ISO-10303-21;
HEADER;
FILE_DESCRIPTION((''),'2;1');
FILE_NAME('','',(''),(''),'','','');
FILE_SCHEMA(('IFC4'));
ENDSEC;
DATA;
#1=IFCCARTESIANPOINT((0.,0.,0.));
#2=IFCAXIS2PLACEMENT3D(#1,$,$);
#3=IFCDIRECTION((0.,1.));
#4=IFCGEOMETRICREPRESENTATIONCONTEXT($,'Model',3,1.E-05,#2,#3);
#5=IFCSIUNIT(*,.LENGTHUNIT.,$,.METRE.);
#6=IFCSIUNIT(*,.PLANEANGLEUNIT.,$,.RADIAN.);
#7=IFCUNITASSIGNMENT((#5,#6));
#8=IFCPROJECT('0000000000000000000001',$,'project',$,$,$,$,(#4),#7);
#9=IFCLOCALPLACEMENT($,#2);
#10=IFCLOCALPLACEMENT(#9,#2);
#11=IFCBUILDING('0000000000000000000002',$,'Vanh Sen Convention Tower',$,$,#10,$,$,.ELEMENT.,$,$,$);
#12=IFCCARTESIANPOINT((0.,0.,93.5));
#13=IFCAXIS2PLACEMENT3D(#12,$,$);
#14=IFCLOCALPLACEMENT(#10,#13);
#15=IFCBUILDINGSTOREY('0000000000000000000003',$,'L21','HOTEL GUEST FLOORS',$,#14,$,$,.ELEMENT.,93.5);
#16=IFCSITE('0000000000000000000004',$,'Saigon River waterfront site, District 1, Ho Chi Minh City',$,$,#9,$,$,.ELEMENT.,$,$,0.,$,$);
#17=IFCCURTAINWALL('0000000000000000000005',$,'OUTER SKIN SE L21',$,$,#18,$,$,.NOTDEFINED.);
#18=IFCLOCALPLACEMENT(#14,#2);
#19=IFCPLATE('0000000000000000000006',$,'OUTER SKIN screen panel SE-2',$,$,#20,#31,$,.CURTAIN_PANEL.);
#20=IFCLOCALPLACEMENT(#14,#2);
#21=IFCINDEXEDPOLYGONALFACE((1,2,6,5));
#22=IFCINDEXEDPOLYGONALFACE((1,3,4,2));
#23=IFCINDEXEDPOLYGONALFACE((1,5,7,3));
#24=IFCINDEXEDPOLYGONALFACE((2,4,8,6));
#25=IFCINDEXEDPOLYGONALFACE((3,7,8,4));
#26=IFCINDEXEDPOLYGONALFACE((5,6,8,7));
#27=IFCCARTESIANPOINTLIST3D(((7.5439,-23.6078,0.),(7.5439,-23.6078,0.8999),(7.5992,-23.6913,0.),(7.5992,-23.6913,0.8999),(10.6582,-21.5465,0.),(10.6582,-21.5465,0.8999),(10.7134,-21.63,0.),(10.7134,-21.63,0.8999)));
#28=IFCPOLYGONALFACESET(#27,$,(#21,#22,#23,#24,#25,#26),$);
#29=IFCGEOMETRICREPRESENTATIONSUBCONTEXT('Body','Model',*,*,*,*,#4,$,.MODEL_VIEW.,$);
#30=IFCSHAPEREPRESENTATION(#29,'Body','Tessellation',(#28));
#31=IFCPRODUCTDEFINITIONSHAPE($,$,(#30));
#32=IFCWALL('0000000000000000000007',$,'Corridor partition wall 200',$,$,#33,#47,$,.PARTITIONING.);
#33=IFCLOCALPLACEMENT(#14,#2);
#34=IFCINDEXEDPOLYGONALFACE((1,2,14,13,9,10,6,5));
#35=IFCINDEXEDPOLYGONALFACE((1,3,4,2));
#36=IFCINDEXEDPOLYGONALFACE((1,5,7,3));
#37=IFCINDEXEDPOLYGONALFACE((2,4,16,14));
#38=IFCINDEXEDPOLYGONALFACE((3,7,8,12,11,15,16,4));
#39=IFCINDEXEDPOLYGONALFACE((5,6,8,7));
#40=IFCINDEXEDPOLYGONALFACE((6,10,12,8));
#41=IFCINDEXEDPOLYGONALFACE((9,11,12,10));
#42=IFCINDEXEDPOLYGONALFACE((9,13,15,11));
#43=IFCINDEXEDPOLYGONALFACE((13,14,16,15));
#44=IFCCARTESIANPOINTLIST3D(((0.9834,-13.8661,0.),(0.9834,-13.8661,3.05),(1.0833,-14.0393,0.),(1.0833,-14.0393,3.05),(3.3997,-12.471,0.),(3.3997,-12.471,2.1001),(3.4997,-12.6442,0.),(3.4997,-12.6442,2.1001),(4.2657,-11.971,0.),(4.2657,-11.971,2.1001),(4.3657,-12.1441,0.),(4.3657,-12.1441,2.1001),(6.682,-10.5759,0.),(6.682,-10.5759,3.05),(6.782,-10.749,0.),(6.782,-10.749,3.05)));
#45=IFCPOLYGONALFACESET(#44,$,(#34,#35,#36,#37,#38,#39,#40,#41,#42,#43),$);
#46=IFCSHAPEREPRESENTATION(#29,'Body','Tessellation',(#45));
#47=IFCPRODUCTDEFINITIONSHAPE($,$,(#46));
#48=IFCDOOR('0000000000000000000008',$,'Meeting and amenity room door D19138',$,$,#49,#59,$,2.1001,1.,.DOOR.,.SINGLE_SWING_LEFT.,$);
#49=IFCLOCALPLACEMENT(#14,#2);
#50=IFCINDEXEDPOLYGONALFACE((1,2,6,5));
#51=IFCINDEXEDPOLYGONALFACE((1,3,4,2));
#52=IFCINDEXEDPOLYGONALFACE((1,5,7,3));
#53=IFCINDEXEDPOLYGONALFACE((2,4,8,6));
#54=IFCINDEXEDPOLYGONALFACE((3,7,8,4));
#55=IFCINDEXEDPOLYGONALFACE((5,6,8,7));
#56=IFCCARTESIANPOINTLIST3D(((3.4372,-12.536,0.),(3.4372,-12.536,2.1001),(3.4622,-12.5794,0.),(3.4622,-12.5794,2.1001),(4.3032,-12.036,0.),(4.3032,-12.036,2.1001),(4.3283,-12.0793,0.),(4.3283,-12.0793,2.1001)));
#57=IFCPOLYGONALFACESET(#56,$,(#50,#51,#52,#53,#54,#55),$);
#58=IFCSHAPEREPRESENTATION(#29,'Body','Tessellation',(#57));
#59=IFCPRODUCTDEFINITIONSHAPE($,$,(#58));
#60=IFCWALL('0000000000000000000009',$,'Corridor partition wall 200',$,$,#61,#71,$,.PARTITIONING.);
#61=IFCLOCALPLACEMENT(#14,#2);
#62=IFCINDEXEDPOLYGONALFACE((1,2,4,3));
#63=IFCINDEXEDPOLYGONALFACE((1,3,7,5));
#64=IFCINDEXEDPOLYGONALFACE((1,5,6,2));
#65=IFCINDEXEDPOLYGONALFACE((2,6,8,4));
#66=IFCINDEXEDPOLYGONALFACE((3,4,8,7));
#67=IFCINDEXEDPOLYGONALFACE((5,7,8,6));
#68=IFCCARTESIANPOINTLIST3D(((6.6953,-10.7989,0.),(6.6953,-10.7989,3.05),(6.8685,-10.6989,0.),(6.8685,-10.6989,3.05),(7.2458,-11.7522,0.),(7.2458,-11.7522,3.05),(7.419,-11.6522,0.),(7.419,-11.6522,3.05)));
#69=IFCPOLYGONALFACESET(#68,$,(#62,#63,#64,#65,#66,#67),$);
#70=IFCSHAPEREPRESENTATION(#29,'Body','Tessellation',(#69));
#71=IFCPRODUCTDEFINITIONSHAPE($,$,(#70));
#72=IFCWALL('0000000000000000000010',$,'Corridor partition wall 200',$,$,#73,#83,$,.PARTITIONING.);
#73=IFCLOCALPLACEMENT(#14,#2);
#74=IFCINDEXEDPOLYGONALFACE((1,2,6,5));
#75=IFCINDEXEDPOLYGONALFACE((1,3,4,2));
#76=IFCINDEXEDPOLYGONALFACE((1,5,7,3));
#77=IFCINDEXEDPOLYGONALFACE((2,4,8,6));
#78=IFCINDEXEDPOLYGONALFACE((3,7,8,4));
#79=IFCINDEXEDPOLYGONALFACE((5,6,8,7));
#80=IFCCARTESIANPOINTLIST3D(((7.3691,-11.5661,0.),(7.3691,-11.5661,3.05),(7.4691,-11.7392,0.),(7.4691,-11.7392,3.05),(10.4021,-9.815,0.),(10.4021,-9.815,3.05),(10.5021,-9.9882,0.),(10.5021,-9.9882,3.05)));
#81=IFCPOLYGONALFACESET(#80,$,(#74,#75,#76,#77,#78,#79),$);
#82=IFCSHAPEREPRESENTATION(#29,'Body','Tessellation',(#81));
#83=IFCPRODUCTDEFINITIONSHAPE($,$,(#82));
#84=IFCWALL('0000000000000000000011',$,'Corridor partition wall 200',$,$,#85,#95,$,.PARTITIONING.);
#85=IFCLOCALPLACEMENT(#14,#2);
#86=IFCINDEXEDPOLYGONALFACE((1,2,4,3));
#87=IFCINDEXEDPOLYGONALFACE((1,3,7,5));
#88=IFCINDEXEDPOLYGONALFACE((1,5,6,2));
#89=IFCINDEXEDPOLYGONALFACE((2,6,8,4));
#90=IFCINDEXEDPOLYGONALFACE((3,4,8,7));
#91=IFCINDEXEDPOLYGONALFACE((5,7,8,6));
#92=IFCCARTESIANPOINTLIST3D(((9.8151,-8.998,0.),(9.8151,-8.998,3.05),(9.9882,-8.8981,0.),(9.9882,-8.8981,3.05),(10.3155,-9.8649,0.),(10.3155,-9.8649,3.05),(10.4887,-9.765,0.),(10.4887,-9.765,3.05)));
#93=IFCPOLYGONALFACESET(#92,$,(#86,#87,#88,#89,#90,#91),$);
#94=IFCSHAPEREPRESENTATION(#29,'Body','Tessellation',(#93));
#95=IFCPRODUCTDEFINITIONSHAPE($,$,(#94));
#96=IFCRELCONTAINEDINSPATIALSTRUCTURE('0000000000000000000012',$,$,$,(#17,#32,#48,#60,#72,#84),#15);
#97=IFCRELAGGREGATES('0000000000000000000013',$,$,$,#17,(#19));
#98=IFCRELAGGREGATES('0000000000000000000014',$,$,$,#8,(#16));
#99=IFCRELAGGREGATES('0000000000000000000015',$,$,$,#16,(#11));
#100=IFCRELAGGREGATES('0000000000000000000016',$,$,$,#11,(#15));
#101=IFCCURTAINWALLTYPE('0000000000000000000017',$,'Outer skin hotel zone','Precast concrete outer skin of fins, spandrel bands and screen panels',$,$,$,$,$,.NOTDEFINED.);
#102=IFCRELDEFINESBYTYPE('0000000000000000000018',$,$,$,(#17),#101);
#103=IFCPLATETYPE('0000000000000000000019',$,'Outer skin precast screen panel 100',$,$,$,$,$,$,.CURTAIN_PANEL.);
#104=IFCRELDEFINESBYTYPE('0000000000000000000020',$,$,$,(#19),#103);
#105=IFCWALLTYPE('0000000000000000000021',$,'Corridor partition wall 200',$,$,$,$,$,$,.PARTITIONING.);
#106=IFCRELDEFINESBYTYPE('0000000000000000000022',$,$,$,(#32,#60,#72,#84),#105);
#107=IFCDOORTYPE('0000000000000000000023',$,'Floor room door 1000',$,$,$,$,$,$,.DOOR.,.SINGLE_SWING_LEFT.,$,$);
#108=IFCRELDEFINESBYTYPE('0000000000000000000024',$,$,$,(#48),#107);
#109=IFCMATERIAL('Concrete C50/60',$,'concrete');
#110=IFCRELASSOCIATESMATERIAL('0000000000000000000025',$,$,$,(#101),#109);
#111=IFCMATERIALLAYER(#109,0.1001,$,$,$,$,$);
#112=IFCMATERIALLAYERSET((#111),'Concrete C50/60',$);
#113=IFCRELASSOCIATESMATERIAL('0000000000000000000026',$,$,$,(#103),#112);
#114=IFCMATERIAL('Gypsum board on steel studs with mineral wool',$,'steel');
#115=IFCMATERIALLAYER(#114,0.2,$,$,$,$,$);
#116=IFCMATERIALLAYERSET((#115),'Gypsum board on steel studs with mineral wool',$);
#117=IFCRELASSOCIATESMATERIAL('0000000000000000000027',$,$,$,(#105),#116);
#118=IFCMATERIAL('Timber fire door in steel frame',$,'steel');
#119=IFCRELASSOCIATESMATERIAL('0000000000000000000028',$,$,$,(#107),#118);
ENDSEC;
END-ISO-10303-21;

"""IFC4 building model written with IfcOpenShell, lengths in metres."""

from ifc_helpers import new_model, si_unit, direction, frame, frame_2d, origin, origin_2d, place, context, subcontext, project, spatial, rectangle, extrude, material, layer, layer_set, type_object, element, fill, aggregate, save


model = new_model("IFC4")

# Units and contexts
model_context = context("Model", 3, precision=1e-05, world=origin(), true_north=direction((0.0, 1.0)))
body_context = subcontext(model_context, "Body", "Model", "MODEL_VIEW")
ifc_project = project(units=[si_unit("LENGTHUNIT", "METRE"), si_unit("PLANEANGLEUNIT", "RADIAN")], contexts=[model_context])

# Site, building, storey
site_placement = place(None, origin())
site = spatial("IfcSite", under=ifc_project, at=site_placement, Name="Saigon River waterfront site, District 1, Ho Chi Minh City", CompositionType="ELEMENT", RefElevation=0.0)
building_placement = place(site_placement, origin())
building = spatial("IfcBuilding", under=site, at=building_placement, Name="Vanh Sen Convention Tower", CompositionType="ELEMENT")
storey_placement = place(building_placement, frame((0.0, 0.0, 93.5)))
storey = spatial("IfcBuildingStorey", under=building, at=storey_placement, Name="L21", Description="HOTEL GUEST FLOORS", CompositionType="ELEMENT", Elevation=93.5)

# Curtain wall
ifc_material_1 = material(Name="Concrete C50/60", Category="concrete")
curtain_wall_type = type_object("IfcCurtainWallType", Name="Outer skin hotel zone", Description="Precast concrete outer skin of fins, spandrel bands and screen panels", PredefinedType="NOTDEFINED", material=ifc_material_1)
curtain_wall_1_placement = place(storey_placement, origin())
curtain_wall_1 = element("IfcCurtainWall", 1, at=curtain_wall_1_placement, inside=storey, type_object=curtain_wall_type, Name="OUTER SKIN SE L21", PredefinedType="NOTDEFINED")

# Shared definitions
ifc_layer_1 = layer(ifc_material_1, 0.1001)
ifc_layer_set_1 = layer_set([ifc_layer_1], Name="Concrete C50/60")
plate_type = type_object("IfcPlateType", Name="Outer skin precast screen panel 100", PredefinedType="CURTAIN_PANEL", material=ifc_layer_set_1)

# Plate
plate_1_placement = place(storey_placement, frame((9.1287, -22.6189, 0.0), z_axis=(0.0, 0.0, 1.0), x_axis=(0.833892, 0.551928, 0.0)))
plate_1 = element("IfcPlate", 2, at=plate_1_placement, type_object=plate_type, Name="OUTER SKIN screen panel SE-2", PredefinedType="CURTAIN_PANEL", context=body_context, shape_type="SweptSolid", body=[
    extrude(rectangle(XDim=3.7346, YDim=0.1001, at=origin_2d()), origin(), (0.0, 0.0, 1.0), 0.8999),
])
aggregate(curtain_wall_1, [plate_1])

# Wall, opening, door
ifc_material_2 = material(Name="Gypsum board on steel studs with mineral wool", Category="steel")
ifc_layer_2 = layer(ifc_material_2, 0.2)
ifc_layer_set_2 = layer_set([ifc_layer_2], Name="Gypsum board on steel studs with mineral wool")
wall_type_1 = type_object("IfcWallType", Name="Corridor partition wall 200", PredefinedType="PARTITIONING", material=ifc_layer_set_2)
wall_1_placement = place(storey_placement, frame((1.0334, -13.9526, 0.0), z_axis=(0.0, 0.0, 1.0), x_axis=(0.866018, 0.500014, 0.0)))
wall_1 = element("IfcWall", 3, at=wall_1_placement, inside=storey, type_object=wall_type_1, Name="Corridor partition wall 200", PredefinedType="PARTITIONING", context=body_context, shape_type="SweptSolid", body=[
    extrude(rectangle(XDim=6.5803, YDim=0.2, at=frame_2d((3.29, 0.0))), origin(), (0.0, 0.0, 1.0), 3.05),
])
opening_1_placement = place(wall_1_placement, frame((2.79, 0.0, 0.0)))
opening_1 = element("IfcOpeningElement", 4, at=opening_1_placement, cuts=wall_1, PredefinedType="OPENING", context=body_context, shape_type="SweptSolid", body=[
    extrude(rectangle(XDim=1.0, YDim=2.1001, at=frame_2d((0.5, 1.05))), frame((0.0, 0.1099, 0.0), z_axis=(0.0, -1.0, 0.0), x_axis=(1.0, 0.0, 0.0)), (0.0, 0.0, 1.0), 0.22),
])
ifc_material_3 = material(Name="Timber fire door in steel frame", Category="steel")
door_type = type_object("IfcDoorType", Name="Floor room door 1000", OperationType="SINGLE_SWING_LEFT", PredefinedType="DOOR", material=ifc_material_3)
door_placement = place(opening_1_placement, origin())
door = element("IfcDoor", 5, at=door_placement, inside=storey, type_object=door_type, Name="Meeting and amenity room door D19138", OperationType="SINGLE_SWING_LEFT", OverallHeight=2.1001, OverallWidth=1.0, PredefinedType="DOOR", context=body_context, shape_type="SweptSolid", body=[
    extrude(rectangle(XDim=1.0, YDim=2.1001, at=frame_2d((0.5, 1.05))), frame((0.0, 0.0249, 0.0), z_axis=(0.0, -1.0, 0.0), x_axis=(1.0, 0.0, 0.0)), (0.0, 0.0, 1.0), 0.05),
])
fill(opening_1, door)

# Walls
wall_2_placement = place(storey_placement, frame((6.782, -10.749, 0.0), z_axis=(0.0, 0.0, 1.0), x_axis=(0.500074, -0.865982, 0.0)))
element("IfcWall", 6, at=wall_2_placement, inside=storey, type_object=wall_type_1, Name="Corridor partition wall 200", PredefinedType="PARTITIONING", context=body_context, shape_type="SweptSolid", body=[
    extrude(rectangle(XDim=1.1008, YDim=0.2, at=frame_2d((0.5503, 0.0))), origin(), (0.0, 0.0, 1.0), 3.05),
])
wall_3_placement = place(storey_placement, frame((7.4192, -11.6526, 0.0), z_axis=(0.0, 0.0, 1.0), x_axis=(0.866038, 0.499978, 0.0)))
element("IfcWall", 7, at=wall_3_placement, inside=storey, type_object=wall_type_1, Name="Corridor partition wall 200", PredefinedType="PARTITIONING", context=body_context, shape_type="SweptSolid", body=[
    extrude(rectangle(XDim=3.5022, YDim=0.2, at=frame_2d((1.751, 0.0))), origin(), (0.0, 0.0, 1.0), 3.05),
])
wall_4_placement = place(storey_placement, frame((10.4021, -9.8149, 0.0), z_axis=(0.0, 0.0, 1.0), x_axis=(-0.499969, 0.866043, 0.0)))
element("IfcWall", 8, at=wall_4_placement, inside=storey, type_object=wall_type_1, Name="Corridor partition wall 200", PredefinedType="PARTITIONING", context=body_context, shape_type="SweptSolid", body=[
    extrude(rectangle(XDim=1.001, YDim=0.2, at=frame_2d((0.5005, 0.0))), origin(), (0.0, 0.0, 1.0), 3.05),
])

save(model, "model.ifc")
